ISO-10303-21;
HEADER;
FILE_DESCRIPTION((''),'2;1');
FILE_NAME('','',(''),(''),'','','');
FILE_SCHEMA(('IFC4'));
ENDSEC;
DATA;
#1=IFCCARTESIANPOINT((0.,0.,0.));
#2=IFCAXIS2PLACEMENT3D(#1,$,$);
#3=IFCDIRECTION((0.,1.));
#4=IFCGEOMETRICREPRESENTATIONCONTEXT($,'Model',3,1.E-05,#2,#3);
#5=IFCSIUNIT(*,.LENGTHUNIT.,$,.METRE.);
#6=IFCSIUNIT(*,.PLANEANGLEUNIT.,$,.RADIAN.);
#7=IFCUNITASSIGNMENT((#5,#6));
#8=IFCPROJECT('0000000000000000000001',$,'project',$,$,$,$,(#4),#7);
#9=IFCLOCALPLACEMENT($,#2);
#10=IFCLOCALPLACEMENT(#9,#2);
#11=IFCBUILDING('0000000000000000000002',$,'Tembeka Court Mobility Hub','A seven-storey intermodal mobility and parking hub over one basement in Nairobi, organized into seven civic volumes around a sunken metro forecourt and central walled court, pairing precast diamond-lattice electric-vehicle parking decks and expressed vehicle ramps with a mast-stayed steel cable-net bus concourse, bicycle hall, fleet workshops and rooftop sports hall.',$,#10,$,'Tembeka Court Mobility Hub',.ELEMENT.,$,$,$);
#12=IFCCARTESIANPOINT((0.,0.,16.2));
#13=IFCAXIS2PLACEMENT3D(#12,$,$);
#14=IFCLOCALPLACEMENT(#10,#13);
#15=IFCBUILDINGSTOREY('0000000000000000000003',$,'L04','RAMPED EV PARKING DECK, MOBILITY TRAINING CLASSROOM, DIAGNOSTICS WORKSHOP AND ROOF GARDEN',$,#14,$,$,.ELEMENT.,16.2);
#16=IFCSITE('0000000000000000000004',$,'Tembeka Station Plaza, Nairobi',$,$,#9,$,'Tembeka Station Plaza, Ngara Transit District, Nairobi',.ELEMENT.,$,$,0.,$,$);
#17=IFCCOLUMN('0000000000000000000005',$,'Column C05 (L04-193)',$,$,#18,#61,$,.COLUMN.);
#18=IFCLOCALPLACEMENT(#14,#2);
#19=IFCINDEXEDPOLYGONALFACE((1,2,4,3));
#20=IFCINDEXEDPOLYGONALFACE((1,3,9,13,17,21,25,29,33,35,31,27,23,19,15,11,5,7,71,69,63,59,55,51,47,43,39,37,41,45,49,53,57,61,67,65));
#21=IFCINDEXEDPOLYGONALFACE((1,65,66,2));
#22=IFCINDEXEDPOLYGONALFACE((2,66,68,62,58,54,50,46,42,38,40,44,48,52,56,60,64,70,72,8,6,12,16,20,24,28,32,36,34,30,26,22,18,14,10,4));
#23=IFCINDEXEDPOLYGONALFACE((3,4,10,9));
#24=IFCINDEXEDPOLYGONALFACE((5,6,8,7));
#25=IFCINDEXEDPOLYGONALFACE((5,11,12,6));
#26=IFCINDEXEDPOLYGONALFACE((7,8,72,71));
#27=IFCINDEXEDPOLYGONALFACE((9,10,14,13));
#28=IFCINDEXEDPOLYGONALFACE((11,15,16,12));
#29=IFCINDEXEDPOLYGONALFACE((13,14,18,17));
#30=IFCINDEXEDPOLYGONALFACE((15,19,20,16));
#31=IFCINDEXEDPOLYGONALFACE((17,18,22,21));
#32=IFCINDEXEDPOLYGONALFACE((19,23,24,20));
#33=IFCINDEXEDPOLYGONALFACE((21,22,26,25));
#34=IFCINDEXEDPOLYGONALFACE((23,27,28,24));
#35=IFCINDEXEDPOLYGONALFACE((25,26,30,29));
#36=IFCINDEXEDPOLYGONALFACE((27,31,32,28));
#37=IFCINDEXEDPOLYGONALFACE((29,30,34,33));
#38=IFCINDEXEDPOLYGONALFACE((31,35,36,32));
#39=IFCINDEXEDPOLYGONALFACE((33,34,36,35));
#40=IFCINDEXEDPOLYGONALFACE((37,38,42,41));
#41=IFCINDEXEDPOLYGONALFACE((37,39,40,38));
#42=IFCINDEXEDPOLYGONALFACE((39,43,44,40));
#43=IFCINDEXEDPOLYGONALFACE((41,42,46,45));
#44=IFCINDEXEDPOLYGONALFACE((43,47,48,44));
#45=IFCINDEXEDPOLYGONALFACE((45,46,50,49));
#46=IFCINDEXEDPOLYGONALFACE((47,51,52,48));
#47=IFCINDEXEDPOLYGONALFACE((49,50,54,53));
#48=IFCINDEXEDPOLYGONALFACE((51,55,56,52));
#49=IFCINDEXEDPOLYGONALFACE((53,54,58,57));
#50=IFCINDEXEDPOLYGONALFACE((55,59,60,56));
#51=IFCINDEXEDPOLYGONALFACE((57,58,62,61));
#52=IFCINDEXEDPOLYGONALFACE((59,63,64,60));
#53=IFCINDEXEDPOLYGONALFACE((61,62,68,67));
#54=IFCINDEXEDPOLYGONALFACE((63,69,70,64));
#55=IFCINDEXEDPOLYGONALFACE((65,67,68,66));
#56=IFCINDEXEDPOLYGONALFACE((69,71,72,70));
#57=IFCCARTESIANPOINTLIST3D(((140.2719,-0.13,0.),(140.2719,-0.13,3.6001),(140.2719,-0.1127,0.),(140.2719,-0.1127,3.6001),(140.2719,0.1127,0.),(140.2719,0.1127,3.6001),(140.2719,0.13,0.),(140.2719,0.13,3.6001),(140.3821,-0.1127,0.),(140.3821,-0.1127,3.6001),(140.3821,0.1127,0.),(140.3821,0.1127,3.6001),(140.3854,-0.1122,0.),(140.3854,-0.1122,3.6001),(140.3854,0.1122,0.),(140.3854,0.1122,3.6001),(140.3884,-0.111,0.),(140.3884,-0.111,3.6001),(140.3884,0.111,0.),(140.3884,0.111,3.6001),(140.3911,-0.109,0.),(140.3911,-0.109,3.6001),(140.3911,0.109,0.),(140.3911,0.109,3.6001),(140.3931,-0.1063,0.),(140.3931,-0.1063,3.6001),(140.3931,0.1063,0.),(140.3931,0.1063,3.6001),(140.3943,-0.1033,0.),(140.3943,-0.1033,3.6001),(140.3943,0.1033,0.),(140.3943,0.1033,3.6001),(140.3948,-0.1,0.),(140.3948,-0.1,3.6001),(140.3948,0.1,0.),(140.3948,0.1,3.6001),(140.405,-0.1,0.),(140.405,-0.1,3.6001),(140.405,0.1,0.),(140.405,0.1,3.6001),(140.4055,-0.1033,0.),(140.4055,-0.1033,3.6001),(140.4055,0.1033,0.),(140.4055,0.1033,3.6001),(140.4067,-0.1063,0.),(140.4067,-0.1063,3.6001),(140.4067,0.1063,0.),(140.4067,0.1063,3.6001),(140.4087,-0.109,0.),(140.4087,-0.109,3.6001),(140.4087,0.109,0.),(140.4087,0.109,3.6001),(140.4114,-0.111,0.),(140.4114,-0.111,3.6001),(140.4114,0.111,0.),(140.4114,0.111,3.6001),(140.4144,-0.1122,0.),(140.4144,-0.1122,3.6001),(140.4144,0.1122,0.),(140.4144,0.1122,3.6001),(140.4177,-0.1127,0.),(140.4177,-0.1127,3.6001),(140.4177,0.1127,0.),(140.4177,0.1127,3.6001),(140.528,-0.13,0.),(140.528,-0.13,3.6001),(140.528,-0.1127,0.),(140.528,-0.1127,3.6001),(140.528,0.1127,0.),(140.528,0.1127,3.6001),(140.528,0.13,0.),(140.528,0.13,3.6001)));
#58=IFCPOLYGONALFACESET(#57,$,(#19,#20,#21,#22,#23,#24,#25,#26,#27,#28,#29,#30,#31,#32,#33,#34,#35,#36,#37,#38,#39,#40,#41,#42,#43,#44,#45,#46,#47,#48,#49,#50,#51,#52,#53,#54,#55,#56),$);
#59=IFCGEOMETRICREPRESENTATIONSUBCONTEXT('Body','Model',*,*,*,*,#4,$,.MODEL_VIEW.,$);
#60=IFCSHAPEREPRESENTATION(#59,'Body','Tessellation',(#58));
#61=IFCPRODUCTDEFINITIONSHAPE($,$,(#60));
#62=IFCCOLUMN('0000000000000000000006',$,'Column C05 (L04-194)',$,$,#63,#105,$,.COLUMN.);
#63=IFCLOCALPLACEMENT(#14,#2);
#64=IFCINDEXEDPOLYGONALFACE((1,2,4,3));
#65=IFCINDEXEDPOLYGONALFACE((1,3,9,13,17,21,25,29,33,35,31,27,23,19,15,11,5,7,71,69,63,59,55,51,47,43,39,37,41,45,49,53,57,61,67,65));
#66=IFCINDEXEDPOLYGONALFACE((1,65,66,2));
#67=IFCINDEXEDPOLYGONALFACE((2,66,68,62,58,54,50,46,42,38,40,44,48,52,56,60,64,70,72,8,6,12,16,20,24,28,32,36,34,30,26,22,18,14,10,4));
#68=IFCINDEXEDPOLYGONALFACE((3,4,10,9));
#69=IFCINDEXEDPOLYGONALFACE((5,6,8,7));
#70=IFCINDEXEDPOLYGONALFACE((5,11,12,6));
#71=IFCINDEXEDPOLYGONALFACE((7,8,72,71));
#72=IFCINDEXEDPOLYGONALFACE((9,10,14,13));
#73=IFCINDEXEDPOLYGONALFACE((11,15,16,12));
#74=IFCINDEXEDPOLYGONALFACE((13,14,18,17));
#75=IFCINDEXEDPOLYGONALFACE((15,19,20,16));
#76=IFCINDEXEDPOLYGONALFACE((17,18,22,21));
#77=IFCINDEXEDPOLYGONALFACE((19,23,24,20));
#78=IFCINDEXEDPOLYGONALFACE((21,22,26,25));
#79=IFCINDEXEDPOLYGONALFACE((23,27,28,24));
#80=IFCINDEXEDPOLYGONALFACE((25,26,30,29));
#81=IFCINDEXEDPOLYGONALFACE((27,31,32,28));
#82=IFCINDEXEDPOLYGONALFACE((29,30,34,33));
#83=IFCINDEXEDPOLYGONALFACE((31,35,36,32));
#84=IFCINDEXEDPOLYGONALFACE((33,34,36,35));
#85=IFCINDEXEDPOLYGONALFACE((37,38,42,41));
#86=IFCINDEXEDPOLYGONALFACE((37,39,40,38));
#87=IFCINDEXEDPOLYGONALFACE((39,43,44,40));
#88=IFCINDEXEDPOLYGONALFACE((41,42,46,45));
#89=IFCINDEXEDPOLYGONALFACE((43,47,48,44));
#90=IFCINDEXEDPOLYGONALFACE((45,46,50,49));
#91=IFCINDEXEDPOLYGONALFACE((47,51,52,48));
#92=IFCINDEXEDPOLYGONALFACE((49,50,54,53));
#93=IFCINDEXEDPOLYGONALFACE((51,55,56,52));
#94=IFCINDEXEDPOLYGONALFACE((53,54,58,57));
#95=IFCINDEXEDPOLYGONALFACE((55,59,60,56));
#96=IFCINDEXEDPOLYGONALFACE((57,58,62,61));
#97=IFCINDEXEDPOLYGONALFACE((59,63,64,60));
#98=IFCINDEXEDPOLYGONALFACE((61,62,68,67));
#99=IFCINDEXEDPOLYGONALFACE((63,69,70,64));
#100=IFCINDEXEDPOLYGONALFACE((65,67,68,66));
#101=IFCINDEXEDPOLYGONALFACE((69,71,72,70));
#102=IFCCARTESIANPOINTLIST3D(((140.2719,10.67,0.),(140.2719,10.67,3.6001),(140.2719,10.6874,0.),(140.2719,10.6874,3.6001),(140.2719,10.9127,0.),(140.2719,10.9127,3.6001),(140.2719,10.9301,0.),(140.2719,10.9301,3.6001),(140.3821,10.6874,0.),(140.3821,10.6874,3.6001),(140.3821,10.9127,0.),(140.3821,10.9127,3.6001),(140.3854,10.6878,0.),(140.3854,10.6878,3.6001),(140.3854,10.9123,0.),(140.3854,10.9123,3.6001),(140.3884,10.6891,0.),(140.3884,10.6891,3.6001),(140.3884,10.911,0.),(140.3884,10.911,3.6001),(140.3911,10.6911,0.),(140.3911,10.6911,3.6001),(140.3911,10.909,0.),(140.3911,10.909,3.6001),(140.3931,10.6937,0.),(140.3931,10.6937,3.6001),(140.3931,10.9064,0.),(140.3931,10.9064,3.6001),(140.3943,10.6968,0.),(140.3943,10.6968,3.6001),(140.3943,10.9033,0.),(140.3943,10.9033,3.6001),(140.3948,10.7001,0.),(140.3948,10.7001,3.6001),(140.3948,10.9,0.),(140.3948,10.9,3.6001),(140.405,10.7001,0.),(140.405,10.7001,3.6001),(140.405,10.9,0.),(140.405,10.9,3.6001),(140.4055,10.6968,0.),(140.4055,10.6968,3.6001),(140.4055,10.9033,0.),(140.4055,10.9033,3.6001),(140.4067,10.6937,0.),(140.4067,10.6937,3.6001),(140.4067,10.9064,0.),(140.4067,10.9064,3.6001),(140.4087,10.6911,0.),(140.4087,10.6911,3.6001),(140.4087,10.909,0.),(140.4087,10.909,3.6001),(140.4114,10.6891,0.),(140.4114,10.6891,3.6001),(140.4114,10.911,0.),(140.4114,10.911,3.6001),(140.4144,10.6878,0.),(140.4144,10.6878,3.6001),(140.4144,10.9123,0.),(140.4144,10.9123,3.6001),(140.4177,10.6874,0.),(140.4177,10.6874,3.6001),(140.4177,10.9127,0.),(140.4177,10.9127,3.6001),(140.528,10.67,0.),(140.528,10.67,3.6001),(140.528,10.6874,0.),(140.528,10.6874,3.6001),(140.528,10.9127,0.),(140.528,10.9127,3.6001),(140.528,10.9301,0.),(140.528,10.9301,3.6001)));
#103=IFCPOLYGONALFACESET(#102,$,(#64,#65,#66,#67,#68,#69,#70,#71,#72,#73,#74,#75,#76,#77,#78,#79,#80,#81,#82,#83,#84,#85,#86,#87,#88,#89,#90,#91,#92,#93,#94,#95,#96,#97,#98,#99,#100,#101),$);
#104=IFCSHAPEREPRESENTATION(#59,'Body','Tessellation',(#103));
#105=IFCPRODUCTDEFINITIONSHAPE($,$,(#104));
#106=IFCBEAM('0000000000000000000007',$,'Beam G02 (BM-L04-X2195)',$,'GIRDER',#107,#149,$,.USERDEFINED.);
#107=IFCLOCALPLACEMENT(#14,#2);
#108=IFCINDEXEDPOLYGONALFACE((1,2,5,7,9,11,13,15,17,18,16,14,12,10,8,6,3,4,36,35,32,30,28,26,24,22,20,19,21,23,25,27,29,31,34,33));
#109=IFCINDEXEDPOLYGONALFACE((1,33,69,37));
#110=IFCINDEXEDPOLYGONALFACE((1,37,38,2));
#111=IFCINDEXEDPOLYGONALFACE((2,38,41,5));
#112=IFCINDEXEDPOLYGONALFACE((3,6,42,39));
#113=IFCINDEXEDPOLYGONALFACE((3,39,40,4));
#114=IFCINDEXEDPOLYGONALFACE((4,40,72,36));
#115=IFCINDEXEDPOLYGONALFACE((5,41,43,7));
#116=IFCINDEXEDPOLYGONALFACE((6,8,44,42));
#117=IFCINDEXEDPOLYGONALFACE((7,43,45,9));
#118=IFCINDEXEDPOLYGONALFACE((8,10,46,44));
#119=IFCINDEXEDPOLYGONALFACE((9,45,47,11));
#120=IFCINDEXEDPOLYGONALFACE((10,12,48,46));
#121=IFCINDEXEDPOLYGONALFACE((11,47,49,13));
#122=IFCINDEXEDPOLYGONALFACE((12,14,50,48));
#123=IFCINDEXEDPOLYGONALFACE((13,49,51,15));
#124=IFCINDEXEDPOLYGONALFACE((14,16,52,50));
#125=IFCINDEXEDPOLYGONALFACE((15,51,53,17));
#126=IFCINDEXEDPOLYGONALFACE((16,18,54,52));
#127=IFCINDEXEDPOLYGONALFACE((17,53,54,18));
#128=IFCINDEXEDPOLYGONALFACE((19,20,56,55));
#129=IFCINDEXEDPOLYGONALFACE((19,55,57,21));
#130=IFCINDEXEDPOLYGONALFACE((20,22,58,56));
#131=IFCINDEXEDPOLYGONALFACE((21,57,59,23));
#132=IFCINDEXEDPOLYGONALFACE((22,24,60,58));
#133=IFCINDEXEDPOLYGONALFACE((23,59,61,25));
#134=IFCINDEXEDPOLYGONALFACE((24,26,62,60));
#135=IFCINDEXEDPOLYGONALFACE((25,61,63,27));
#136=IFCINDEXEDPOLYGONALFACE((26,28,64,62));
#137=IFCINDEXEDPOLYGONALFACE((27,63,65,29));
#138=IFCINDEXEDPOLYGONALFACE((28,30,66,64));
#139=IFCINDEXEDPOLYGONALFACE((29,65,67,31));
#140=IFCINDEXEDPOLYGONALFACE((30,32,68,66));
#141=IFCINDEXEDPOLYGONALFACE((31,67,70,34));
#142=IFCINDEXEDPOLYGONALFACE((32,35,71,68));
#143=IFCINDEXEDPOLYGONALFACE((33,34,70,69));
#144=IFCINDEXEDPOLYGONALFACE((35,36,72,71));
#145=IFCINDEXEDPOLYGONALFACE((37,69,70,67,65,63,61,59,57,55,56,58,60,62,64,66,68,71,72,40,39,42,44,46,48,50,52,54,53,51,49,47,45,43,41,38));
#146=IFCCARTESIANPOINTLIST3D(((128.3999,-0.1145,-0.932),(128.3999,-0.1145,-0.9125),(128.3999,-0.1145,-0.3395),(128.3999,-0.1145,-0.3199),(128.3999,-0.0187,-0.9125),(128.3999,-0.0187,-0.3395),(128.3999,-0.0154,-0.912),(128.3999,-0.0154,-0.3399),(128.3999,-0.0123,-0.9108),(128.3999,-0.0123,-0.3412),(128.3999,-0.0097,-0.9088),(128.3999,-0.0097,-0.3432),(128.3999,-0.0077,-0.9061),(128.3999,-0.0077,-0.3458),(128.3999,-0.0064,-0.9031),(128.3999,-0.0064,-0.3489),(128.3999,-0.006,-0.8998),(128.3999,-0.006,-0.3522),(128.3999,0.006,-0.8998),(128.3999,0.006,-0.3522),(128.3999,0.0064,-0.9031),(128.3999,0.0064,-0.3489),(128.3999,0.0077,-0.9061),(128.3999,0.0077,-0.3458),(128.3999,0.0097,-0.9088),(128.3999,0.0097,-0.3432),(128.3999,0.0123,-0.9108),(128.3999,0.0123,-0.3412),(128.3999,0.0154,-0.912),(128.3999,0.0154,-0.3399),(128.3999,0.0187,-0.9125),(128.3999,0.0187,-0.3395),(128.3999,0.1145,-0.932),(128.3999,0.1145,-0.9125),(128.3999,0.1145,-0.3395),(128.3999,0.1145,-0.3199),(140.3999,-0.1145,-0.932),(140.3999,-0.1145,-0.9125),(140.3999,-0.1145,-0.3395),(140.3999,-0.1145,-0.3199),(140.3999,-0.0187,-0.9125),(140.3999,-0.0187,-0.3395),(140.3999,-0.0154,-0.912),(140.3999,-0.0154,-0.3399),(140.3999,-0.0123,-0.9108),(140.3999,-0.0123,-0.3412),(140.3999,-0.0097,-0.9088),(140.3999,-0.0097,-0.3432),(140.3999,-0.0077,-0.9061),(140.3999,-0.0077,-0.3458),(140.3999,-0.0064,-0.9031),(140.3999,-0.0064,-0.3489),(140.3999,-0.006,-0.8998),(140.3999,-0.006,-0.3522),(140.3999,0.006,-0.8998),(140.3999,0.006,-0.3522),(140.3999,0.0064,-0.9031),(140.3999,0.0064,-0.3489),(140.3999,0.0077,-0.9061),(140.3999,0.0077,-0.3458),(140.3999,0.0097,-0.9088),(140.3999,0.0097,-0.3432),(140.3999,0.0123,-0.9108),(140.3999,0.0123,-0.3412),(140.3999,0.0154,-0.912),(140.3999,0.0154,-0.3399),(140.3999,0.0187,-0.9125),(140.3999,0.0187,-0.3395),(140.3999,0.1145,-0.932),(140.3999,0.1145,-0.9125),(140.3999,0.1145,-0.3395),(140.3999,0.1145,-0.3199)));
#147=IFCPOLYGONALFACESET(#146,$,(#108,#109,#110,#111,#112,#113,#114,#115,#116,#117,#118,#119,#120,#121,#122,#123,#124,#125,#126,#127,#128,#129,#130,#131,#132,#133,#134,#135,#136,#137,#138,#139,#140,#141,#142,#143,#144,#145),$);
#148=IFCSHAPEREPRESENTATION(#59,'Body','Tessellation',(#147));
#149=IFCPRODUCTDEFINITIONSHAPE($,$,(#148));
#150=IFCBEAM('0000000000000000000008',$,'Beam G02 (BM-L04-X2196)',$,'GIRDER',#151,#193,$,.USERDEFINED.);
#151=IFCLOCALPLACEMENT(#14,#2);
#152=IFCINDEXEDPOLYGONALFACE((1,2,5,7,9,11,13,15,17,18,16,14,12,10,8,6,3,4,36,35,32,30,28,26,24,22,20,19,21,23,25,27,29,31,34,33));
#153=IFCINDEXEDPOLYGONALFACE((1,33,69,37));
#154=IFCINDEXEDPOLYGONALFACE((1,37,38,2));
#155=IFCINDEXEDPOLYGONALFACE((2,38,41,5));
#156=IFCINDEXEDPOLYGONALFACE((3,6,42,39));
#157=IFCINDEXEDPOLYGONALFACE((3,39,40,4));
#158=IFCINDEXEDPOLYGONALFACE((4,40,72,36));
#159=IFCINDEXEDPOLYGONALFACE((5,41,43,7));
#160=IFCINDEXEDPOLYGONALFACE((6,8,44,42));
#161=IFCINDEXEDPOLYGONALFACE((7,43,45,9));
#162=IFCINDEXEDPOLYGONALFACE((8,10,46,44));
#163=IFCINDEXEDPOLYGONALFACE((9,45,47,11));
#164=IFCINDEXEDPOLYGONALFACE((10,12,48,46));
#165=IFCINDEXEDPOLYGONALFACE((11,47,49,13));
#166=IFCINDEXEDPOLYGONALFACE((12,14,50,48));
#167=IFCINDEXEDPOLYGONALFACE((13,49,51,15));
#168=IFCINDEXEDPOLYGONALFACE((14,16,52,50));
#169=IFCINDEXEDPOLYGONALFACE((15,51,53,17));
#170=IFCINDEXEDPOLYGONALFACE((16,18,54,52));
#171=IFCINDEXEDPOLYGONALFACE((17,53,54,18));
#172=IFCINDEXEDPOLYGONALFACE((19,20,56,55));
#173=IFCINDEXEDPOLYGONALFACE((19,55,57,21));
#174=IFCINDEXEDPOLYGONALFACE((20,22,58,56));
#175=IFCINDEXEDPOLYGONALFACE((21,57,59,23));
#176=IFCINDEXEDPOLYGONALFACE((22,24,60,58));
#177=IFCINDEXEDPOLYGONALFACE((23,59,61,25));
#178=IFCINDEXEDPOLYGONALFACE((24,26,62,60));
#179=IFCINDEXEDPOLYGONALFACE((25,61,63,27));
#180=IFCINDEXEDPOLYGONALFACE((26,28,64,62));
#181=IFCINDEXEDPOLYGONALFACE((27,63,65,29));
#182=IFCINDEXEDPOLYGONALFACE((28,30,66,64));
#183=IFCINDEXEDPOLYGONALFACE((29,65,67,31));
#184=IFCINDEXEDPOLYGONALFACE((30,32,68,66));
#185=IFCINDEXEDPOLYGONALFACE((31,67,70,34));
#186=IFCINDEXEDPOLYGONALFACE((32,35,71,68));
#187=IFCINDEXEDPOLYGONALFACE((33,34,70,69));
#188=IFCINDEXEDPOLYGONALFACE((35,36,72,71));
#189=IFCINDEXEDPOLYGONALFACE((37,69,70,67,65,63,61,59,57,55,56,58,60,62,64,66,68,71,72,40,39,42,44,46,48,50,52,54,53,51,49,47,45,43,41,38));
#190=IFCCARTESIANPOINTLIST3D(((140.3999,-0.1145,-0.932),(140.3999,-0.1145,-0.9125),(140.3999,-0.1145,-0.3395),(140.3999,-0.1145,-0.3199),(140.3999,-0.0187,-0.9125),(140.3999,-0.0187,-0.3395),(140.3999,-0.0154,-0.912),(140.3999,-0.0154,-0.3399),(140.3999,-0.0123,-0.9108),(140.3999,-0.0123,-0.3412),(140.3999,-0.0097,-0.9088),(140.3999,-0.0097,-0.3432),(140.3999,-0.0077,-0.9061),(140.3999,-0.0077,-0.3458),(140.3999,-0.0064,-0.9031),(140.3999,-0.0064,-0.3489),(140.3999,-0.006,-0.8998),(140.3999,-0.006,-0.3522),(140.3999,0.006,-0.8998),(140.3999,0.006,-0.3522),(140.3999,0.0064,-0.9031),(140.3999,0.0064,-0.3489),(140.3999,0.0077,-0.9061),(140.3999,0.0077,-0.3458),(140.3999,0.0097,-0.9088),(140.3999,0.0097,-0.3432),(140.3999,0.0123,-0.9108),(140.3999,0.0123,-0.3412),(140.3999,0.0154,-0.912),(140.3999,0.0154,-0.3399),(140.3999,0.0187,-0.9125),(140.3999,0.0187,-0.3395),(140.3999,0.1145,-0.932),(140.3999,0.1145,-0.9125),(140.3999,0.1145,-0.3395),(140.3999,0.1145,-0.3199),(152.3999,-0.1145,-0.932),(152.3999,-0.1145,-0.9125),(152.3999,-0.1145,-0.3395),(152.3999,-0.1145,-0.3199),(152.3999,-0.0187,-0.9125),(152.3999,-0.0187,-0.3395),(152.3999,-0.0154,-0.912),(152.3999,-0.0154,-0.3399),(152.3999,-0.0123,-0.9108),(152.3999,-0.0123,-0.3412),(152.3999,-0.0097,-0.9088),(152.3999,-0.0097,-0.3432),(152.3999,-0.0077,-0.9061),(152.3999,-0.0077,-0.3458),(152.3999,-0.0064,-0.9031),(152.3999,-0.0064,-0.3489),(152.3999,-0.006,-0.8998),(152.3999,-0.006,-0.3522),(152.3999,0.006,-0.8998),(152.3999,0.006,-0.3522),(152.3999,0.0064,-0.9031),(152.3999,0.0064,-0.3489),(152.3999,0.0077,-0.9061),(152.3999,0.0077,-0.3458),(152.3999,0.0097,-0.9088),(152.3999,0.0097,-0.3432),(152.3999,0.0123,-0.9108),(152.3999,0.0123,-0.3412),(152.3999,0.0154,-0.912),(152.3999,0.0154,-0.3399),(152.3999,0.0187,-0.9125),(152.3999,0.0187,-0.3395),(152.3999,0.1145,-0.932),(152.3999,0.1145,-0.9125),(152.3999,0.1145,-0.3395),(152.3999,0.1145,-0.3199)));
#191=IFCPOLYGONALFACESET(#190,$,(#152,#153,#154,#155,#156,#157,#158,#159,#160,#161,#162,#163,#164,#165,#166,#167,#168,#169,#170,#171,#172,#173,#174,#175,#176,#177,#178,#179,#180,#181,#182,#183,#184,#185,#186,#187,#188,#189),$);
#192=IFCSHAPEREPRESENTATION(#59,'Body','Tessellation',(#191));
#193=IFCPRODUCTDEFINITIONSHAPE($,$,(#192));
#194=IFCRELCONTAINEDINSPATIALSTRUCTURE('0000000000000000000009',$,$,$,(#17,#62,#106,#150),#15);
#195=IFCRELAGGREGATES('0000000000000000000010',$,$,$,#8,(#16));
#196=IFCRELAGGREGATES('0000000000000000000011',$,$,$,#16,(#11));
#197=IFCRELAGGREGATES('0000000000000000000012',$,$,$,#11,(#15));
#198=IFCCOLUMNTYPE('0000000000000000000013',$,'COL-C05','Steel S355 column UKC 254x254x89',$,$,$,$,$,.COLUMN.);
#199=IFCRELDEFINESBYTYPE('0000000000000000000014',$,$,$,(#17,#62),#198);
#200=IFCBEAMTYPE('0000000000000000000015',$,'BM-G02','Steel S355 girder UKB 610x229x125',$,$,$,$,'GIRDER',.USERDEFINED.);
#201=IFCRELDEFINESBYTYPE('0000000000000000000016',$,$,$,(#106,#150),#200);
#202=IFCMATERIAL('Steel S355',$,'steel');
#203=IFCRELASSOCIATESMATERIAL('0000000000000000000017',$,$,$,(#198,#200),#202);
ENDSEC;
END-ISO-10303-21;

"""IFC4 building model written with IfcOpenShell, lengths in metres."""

from ifc_helpers import new_model, si_unit, direction, frame, origin, origin_2d, place, context, subcontext, project, spatial, i_section, extrude, material, material_profile, profile_set, type_object, element, save


model = new_model("IFC4")

# Units and contexts
model_context = context("Model", 3, precision=1e-05, world=origin(), true_north=direction((0.0, 1.0)))
body_context = subcontext(model_context, "Body", "Model", "MODEL_VIEW")
ifc_project = project(units=[si_unit("LENGTHUNIT", "METRE"), si_unit("PLANEANGLEUNIT", "RADIAN")], contexts=[model_context])

# Site, building, storey
site_placement = place(None, origin())
site = spatial("IfcSite", under=ifc_project, at=site_placement, Name="Tembeka Station Plaza, Nairobi", LongName="Tembeka Station Plaza, Ngara Transit District, Nairobi", CompositionType="ELEMENT", RefElevation=0.0)
building_placement = place(site_placement, origin())
building = spatial("IfcBuilding", under=site, at=building_placement, Name="Tembeka Court Mobility Hub", Description="A seven-storey intermodal mobility and parking hub over one basement in Nairobi, organized into seven civic volumes around a sunken metro forecourt and central walled court, pairing precast diamond-lattice electric-vehicle parking decks and expressed vehicle ramps with a mast-stayed steel cable-net bus concourse, bicycle hall, fleet workshops and rooftop sports hall.", LongName="Tembeka Court Mobility Hub", CompositionType="ELEMENT")
storey_placement = place(building_placement, frame((0.0, 0.0, 16.2)))
storey = spatial("IfcBuildingStorey", under=building, at=storey_placement, Name="L04", Description="RAMPED EV PARKING DECK, MOBILITY TRAINING CLASSROOM, DIAGNOSTICS WORKSHOP AND ROOF GARDEN", CompositionType="ELEMENT", Elevation=16.2)

# Columns
ifc_material_1 = material(Name="Steel S355", Category="steel")
ifc_material_profile_1 = material_profile(ifc_material_1, i_section(OverallWidth=0.2561, OverallDepth=0.26, WebThickness=0.0103, FlangeThickness=0.0173, FilletRadius=0.0127, at=origin_2d()), Name="UKC 254x254x89")
ifc_profile_set_1 = profile_set([ifc_material_profile_1], Name="Steel S355")
column_type = type_object("IfcColumnType", Name="COL-C05", Description="Steel S355 column UKC 254x254x89", PredefinedType="COLUMN", material=ifc_profile_set_1)
for number, where, z_axis, x_axis, name in (
    (1, (140.3999, 0.0, 0.0), (0.0, 0.0, 1.0), (1.0, 0.0, 0.0), "Column C05 (L04-193)"),
    (2, (140.3999, 10.8, 0.0), (0.0, 0.0, 1.0), (1.0, 0.0, 0.0), "Column C05 (L04-194)"),
):
    element("IfcColumn", number, at=place(storey_placement, frame(where, z_axis=z_axis, x_axis=x_axis)), inside=storey, type_object=column_type, Name=name, PredefinedType="COLUMN", context=body_context, shape_type="SweptSolid", body=[
        extrude(i_section(OverallWidth=0.2561, OverallDepth=0.26, WebThickness=0.0103, FlangeThickness=0.0173, FilletRadius=0.0127, at=origin_2d()), origin(), (0.0, 0.0, 1.0), 3.6001),
    ])

# Beams
ifc_material_profile_2 = material_profile(ifc_material_1, i_section(OverallWidth=0.229, OverallDepth=0.6121, WebThickness=0.012, FlangeThickness=0.0195, FilletRadius=0.0127, at=origin_2d()), Name="UKB 610x229x125")
ifc_profile_set_2 = profile_set([ifc_material_profile_2], Name="Steel S355")
beam_type_1 = type_object("IfcBeamType", Name="BM-G02", Description="Steel S355 girder UKB 610x229x125", ElementType="GIRDER", PredefinedType="USERDEFINED", material=ifc_profile_set_2)
for number, where, z_axis, x_axis, name in (
    (3, (128.3999, 0.0, -0.626), (1.0, 0.0, 0.0), (0.0, 1.0, 0.0), "Beam G02 (BM-L04-X2195)"),
    (4, (140.3999, 0.0, -0.626), (1.0, 0.0, 0.0), (0.0, 1.0, 0.0), "Beam G02 (BM-L04-X2196)"),
):
    element("IfcBeam", number, at=place(storey_placement, frame(where, z_axis=z_axis, x_axis=x_axis)), inside=storey, type_object=beam_type_1, Name=name, ObjectType="GIRDER", PredefinedType="USERDEFINED", context=body_context, shape_type="SweptSolid", body=[
        extrude(i_section(OverallWidth=0.229, OverallDepth=0.6121, WebThickness=0.012, FlangeThickness=0.0195, FilletRadius=0.0127, at=origin_2d()), origin(), (0.0, 0.0, 1.0), 12.0),
    ])

save(model, "model.ifc")
